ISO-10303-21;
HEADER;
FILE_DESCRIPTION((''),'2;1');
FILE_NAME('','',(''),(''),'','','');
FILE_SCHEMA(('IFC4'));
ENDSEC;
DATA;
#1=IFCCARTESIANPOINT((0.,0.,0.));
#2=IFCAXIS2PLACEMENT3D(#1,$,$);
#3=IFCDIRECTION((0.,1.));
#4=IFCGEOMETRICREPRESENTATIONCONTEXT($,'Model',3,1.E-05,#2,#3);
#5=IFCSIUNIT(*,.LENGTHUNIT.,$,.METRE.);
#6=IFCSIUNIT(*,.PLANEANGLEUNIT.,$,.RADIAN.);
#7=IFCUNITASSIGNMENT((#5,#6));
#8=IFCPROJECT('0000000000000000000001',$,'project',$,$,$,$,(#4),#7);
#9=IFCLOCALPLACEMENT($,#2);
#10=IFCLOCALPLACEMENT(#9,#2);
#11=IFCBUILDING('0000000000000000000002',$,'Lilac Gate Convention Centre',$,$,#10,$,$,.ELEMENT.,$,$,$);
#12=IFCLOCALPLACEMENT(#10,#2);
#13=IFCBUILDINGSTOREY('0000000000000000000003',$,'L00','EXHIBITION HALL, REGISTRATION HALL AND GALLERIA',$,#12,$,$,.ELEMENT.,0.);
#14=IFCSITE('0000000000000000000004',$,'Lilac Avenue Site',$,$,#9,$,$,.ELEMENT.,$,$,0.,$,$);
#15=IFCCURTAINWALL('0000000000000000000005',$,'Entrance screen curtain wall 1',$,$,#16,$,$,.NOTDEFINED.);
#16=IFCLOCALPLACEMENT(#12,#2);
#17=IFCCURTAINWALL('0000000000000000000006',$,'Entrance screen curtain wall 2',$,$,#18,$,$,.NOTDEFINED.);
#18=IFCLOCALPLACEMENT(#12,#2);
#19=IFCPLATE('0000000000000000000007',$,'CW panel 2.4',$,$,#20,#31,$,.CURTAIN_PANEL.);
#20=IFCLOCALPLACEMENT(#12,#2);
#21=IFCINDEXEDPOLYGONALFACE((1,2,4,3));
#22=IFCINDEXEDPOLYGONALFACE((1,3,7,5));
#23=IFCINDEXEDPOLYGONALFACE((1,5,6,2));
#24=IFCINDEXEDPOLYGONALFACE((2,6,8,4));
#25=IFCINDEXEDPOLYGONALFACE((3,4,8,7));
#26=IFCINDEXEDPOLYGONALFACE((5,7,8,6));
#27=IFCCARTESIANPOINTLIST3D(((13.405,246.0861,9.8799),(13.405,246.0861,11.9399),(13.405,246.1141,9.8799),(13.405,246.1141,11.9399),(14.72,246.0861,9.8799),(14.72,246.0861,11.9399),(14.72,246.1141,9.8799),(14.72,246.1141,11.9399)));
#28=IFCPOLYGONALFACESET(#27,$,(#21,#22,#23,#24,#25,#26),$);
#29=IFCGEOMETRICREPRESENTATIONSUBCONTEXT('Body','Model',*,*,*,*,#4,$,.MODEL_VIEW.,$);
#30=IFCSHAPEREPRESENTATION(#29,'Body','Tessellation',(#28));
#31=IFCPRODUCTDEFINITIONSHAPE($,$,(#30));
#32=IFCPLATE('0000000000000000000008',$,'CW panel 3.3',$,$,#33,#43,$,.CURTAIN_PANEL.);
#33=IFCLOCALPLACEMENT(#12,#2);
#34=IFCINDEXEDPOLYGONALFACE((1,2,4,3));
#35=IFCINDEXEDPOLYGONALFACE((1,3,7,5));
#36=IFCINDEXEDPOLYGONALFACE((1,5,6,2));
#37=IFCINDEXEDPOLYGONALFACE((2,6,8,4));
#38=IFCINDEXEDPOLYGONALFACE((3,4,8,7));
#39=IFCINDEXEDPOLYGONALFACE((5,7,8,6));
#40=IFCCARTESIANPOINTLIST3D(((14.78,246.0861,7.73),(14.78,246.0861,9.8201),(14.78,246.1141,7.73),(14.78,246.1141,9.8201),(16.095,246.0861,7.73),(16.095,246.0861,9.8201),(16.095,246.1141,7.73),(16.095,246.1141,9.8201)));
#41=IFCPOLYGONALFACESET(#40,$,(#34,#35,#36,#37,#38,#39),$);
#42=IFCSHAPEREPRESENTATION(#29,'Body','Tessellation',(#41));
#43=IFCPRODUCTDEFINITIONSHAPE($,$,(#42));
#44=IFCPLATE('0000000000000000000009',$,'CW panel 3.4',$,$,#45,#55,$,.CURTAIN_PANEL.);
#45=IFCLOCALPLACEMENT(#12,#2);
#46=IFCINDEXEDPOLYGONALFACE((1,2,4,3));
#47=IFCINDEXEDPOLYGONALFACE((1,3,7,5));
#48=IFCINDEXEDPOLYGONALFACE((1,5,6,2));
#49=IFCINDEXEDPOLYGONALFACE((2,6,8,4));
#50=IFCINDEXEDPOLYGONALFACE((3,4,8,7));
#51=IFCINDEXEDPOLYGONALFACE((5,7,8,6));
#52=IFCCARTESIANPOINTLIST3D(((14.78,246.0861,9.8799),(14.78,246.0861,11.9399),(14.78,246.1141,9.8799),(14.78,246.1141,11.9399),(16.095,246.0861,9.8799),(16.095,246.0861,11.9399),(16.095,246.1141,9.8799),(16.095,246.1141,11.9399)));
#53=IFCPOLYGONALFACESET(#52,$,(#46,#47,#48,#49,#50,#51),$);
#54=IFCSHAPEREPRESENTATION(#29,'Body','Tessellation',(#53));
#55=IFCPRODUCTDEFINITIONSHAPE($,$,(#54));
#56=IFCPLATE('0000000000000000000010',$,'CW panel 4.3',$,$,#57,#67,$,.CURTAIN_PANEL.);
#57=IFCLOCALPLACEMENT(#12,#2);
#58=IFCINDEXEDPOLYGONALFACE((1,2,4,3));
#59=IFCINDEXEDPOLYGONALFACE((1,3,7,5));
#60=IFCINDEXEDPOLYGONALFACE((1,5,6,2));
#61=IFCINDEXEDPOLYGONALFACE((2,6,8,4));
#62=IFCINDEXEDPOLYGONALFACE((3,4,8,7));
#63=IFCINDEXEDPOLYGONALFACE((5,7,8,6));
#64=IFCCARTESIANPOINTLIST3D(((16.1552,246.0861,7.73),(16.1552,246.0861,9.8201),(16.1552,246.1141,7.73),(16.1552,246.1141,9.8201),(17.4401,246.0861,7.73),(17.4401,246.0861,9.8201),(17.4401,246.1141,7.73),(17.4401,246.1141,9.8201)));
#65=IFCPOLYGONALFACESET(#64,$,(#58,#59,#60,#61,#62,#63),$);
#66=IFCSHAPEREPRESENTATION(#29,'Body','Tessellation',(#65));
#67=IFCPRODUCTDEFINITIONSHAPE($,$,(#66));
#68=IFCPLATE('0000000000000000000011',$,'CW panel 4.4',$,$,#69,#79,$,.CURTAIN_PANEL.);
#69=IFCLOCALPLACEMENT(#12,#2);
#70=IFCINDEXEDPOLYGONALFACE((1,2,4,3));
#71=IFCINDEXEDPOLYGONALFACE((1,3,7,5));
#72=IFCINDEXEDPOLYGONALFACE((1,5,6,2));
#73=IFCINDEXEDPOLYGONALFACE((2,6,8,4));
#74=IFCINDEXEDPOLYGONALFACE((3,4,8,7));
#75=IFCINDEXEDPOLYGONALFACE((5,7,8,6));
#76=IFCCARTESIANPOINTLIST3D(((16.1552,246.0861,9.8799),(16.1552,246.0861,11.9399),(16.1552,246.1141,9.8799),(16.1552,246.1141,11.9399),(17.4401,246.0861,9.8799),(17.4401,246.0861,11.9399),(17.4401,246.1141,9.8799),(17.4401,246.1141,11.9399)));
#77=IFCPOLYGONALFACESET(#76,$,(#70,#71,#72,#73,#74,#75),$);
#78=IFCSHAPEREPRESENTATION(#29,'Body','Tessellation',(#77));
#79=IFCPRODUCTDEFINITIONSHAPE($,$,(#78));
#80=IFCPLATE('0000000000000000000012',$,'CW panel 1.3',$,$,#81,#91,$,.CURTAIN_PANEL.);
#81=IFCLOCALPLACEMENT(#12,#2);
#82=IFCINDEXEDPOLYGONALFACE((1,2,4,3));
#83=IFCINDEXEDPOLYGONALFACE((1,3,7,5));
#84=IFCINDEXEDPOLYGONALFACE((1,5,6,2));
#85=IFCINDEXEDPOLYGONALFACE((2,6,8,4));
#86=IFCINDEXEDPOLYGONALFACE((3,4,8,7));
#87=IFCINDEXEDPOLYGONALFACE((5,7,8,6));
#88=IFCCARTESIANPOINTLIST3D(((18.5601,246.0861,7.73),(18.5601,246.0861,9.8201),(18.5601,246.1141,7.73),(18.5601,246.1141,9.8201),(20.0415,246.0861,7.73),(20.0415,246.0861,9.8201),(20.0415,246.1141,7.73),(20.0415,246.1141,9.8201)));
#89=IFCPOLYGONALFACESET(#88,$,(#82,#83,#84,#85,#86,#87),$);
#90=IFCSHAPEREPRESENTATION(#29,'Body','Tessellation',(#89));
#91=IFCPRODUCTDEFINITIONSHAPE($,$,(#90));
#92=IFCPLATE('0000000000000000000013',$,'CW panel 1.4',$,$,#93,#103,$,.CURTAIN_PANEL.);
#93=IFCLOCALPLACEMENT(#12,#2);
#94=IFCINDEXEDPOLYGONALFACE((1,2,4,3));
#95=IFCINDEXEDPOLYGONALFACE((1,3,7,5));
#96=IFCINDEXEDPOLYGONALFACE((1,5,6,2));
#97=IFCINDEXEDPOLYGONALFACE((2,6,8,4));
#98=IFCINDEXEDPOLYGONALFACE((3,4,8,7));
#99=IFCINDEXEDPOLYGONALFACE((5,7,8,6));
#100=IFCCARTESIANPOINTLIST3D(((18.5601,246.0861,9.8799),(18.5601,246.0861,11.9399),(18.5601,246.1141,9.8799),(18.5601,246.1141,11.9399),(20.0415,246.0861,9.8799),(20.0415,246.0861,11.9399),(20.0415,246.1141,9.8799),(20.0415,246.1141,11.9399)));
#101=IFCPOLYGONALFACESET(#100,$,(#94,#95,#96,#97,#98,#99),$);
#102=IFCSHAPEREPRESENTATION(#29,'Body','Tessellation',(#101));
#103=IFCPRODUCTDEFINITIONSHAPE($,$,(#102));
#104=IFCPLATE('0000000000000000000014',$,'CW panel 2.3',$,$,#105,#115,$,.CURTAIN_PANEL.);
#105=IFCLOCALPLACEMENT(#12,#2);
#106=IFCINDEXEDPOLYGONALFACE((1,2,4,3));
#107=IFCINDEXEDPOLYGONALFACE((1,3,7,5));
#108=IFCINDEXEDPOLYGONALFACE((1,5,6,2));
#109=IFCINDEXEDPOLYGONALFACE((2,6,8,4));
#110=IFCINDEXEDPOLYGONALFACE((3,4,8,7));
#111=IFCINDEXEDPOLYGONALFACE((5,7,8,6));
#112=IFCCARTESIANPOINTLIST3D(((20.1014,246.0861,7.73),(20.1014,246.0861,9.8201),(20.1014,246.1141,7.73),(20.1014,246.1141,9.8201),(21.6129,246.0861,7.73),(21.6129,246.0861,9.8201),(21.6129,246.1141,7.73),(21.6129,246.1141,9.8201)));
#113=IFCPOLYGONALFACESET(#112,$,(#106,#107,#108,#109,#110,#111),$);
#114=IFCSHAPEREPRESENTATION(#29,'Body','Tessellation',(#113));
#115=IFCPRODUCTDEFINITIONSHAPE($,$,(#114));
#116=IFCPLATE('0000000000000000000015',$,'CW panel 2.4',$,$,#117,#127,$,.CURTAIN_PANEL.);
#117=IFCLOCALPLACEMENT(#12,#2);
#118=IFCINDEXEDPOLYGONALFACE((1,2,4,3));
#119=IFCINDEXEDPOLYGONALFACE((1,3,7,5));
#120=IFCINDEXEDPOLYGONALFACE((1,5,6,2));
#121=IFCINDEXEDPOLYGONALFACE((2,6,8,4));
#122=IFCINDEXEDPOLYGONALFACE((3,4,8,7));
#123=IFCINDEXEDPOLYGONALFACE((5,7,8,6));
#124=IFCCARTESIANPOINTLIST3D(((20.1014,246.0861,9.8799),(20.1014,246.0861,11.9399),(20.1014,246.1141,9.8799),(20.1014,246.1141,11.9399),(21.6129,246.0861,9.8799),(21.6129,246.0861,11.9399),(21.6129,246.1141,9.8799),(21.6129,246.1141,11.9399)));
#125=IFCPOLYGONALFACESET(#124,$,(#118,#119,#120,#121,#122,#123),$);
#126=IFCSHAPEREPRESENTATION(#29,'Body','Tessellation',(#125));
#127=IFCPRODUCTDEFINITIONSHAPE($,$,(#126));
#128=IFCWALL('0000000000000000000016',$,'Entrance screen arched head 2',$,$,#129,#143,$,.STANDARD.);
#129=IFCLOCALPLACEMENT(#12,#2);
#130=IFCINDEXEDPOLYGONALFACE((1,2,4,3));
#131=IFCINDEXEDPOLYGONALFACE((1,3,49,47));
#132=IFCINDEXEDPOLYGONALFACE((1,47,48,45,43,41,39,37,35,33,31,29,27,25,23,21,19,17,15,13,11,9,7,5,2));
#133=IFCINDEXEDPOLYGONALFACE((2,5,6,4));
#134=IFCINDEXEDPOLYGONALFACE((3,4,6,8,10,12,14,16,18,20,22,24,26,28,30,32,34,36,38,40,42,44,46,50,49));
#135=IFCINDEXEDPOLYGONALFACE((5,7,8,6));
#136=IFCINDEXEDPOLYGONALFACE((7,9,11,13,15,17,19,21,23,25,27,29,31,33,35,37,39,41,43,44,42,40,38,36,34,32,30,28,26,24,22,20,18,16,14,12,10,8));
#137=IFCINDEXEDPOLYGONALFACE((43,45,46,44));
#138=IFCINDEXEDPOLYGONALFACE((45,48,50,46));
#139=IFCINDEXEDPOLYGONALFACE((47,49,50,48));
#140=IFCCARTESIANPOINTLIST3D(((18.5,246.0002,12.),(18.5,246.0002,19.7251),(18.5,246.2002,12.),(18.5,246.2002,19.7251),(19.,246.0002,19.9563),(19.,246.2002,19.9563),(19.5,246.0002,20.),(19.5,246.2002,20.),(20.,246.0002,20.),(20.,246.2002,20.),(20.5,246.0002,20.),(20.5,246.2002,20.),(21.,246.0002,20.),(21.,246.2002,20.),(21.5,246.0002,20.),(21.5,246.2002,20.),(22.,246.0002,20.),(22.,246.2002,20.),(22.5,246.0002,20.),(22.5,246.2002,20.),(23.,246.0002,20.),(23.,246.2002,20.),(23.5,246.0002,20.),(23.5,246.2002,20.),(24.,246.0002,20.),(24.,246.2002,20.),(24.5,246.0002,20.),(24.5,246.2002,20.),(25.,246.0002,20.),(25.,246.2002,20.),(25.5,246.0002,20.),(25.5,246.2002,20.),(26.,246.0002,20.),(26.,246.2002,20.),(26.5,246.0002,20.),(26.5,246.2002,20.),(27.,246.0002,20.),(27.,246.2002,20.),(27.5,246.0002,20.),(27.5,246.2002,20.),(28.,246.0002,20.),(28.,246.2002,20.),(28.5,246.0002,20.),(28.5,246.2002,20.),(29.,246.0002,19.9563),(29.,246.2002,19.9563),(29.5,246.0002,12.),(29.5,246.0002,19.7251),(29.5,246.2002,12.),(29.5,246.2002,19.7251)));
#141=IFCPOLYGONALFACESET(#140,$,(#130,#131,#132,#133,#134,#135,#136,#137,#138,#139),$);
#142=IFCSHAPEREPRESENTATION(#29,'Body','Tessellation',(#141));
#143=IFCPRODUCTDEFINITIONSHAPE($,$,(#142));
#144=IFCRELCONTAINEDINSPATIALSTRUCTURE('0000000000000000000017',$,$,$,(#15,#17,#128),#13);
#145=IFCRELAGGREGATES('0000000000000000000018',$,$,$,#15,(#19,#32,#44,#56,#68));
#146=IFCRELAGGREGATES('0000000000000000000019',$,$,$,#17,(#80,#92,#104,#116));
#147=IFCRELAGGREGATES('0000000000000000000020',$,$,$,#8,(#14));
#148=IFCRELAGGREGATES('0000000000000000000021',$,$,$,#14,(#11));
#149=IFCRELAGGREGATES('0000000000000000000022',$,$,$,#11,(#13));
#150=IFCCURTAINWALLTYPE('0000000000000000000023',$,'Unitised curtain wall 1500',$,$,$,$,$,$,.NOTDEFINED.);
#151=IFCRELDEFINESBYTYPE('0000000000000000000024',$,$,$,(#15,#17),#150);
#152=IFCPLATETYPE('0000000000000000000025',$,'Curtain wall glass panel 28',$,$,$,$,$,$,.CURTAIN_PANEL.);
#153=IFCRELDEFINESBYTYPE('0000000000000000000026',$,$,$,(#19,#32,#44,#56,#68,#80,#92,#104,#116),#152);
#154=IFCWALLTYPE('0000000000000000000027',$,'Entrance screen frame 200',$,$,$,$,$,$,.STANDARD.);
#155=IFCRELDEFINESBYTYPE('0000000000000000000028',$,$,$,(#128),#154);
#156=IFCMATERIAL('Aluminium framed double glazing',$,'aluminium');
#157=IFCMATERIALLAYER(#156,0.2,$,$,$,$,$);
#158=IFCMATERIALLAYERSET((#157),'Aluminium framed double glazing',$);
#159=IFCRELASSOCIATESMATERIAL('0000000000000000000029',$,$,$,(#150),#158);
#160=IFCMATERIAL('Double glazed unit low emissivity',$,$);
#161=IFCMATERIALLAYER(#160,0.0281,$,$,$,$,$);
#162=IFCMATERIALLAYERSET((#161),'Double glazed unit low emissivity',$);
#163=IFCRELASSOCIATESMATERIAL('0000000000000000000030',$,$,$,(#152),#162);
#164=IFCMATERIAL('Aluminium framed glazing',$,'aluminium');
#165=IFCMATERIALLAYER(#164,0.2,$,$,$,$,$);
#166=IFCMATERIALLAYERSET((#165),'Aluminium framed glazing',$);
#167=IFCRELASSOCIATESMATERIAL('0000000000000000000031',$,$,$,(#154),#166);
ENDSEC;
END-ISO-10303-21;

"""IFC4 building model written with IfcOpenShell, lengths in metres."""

from ifc_helpers import new_model, si_unit, direction, frame, origin, origin_2d, place, context, subcontext, project, spatial, polyline, rectangle, outline, extrude, material, layer, layer_set, type_object, element, aggregate, save


model = new_model("IFC4")

# Units and contexts
model_context = context("Model", 3, precision=1e-05, world=origin(), true_north=direction((0.0, 1.0)))
body_context = subcontext(model_context, "Body", "Model", "MODEL_VIEW")
ifc_project = project(units=[si_unit("LENGTHUNIT", "METRE"), si_unit("PLANEANGLEUNIT", "RADIAN")], contexts=[model_context])

# Site, building, storey
site_placement = place(None, origin())
site = spatial("IfcSite", under=ifc_project, at=site_placement, Name="Lilac Avenue Site", CompositionType="ELEMENT", RefElevation=0.0)
building_placement = place(site_placement, origin())
building = spatial("IfcBuilding", under=site, at=building_placement, Name="Lilac Gate Convention Centre", CompositionType="ELEMENT")
storey_placement = place(building_placement, origin())
storey = spatial("IfcBuildingStorey", under=building, at=storey_placement, Name="L00", Description="EXHIBITION HALL, REGISTRATION HALL AND GALLERIA", CompositionType="ELEMENT", Elevation=0.0)

# Curtain walls
ifc_material_1 = material(Name="Aluminium framed double glazing", Category="aluminium")
ifc_layer_1 = layer(ifc_material_1, 0.2)
ifc_layer_set_1 = layer_set([ifc_layer_1], Name="Aluminium framed double glazing")
curtain_wall_type = type_object("IfcCurtainWallType", Name="Unitised curtain wall 1500", PredefinedType="NOTDEFINED", material=ifc_layer_set_1)
curtain_wall_1_placement = place(storey_placement, origin())
curtain_wall_1 = element("IfcCurtainWall", 1, at=curtain_wall_1_placement, inside=storey, type_object=curtain_wall_type, Name="Entrance screen curtain wall 1", PredefinedType="NOTDEFINED")
curtain_wall_2_placement = place(storey_placement, origin())
curtain_wall_2 = element("IfcCurtainWall", 2, at=curtain_wall_2_placement, inside=storey, type_object=curtain_wall_type, Name="Entrance screen curtain wall 2", PredefinedType="NOTDEFINED")

# Plates
ifc_material_2 = material(Name="Double glazed unit low emissivity")
ifc_layer_2 = layer(ifc_material_2, 0.0281)
ifc_layer_set_2 = layer_set([ifc_layer_2], Name="Double glazed unit low emissivity")
plate_type = type_object("IfcPlateType", Name="Curtain wall glass panel 28", PredefinedType="CURTAIN_PANEL", material=ifc_layer_set_2)
plate_1_placement = place(storey_placement, frame((14.0625, 246.1001, 9.8799), z_axis=(0.0, 0.0, 1.0), x_axis=(1.0, 0.0, 0.0)))
plate_1 = element("IfcPlate", 3, at=plate_1_placement, type_object=plate_type, Name="CW panel 2.4", PredefinedType="CURTAIN_PANEL", context=body_context, shape_type="SweptSolid", body=[
    extrude(rectangle(XDim=1.3149, YDim=0.0281, at=origin_2d()), origin(), (0.0, 0.0, 1.0), 2.0601),
])
plate_2_placement = place(storey_placement, frame((15.4375, 246.1001, 7.73), z_axis=(0.0, 0.0, 1.0), x_axis=(1.0, 0.0, 0.0)))
plate_2 = element("IfcPlate", 4, at=plate_2_placement, type_object=plate_type, Name="CW panel 3.3", PredefinedType="CURTAIN_PANEL", context=body_context, shape_type="SweptSolid", body=[
    extrude(rectangle(XDim=1.3149, YDim=0.0281, at=origin_2d()), origin(), (0.0, 0.0, 1.0), 2.0901),
])
plate_3_placement = place(storey_placement, frame((15.4375, 246.1001, 9.8799), z_axis=(0.0, 0.0, 1.0), x_axis=(1.0, 0.0, 0.0)))
plate_3 = element("IfcPlate", 5, at=plate_3_placement, type_object=plate_type, Name="CW panel 3.4", PredefinedType="CURTAIN_PANEL", context=body_context, shape_type="SweptSolid", body=[
    extrude(rectangle(XDim=1.3149, YDim=0.0281, at=origin_2d()), origin(), (0.0, 0.0, 1.0), 2.0601),
])
plate_4_placement = place(storey_placement, frame((16.7976, 246.1001, 7.73), z_axis=(0.0, 0.0, 1.0), x_axis=(1.0, 0.0, 0.0)))
plate_4 = element("IfcPlate", 6, at=plate_4_placement, type_object=plate_type, Name="CW panel 4.3", PredefinedType="CURTAIN_PANEL", context=body_context, shape_type="SweptSolid", body=[
    extrude(rectangle(XDim=1.2849, YDim=0.0281, at=origin_2d()), origin(), (0.0, 0.0, 1.0), 2.0901),
])
plate_5_placement = place(storey_placement, frame((16.7976, 246.1001, 9.8799), z_axis=(0.0, 0.0, 1.0), x_axis=(1.0, 0.0, 0.0)))
plate_5 = element("IfcPlate", 7, at=plate_5_placement, type_object=plate_type, Name="CW panel 4.4", PredefinedType="CURTAIN_PANEL", context=body_context, shape_type="SweptSolid", body=[
    extrude(rectangle(XDim=1.2849, YDim=0.0281, at=origin_2d()), origin(), (0.0, 0.0, 1.0), 2.0601),
])
aggregate(curtain_wall_1, [plate_1, plate_2, plate_3, plate_4, plate_5])
plate_6_placement = place(storey_placement, frame((19.3008, 246.1001, 7.73), z_axis=(0.0, 0.0, 1.0), x_axis=(1.0, 0.0, 0.0)))
plate_6 = element("IfcPlate", 8, at=plate_6_placement, type_object=plate_type, Name="CW panel 1.3", PredefinedType="CURTAIN_PANEL", context=body_context, shape_type="SweptSolid", body=[
    extrude(rectangle(XDim=1.4814, YDim=0.0281, at=origin_2d()), origin(), (0.0, 0.0, 1.0), 2.0901),
])
plate_7_placement = place(storey_placement, frame((19.3008, 246.1001, 9.8799), z_axis=(0.0, 0.0, 1.0), x_axis=(1.0, 0.0, 0.0)))
plate_7 = element("IfcPlate", 9, at=plate_7_placement, type_object=plate_type, Name="CW panel 1.4", PredefinedType="CURTAIN_PANEL", context=body_context, shape_type="SweptSolid", body=[
    extrude(rectangle(XDim=1.4814, YDim=0.0281, at=origin_2d()), origin(), (0.0, 0.0, 1.0), 2.0601),
])
plate_8_placement = place(storey_placement, frame((20.8572, 246.1001, 7.73), z_axis=(0.0, 0.0, 1.0), x_axis=(1.0, 0.0, 0.0)))
plate_8 = element("IfcPlate", 10, at=plate_8_placement, type_object=plate_type, Name="CW panel 2.3", PredefinedType="CURTAIN_PANEL", context=body_context, shape_type="SweptSolid", body=[
    extrude(rectangle(XDim=1.5115, YDim=0.0281, at=origin_2d()), origin(), (0.0, 0.0, 1.0), 2.0901),
])
plate_9_placement = place(storey_placement, frame((20.8572, 246.1001, 9.8799), z_axis=(0.0, 0.0, 1.0), x_axis=(1.0, 0.0, 0.0)))
plate_9 = element("IfcPlate", 11, at=plate_9_placement, type_object=plate_type, Name="CW panel 2.4", PredefinedType="CURTAIN_PANEL", context=body_context, shape_type="SweptSolid", body=[
    extrude(rectangle(XDim=1.5115, YDim=0.0281, at=origin_2d()), origin(), (0.0, 0.0, 1.0), 2.0601),
])
aggregate(curtain_wall_2, [plate_6, plate_7, plate_8, plate_9])

# Wall
ifc_material_3 = material(Name="Aluminium framed glazing", Category="aluminium")
ifc_layer_3 = layer(ifc_material_3, 0.2)
ifc_layer_set_3 = layer_set([ifc_layer_3], Name="Aluminium framed glazing")
wall_type = type_object("IfcWallType", Name="Entrance screen frame 200", PredefinedType="STANDARD", material=ifc_layer_set_3)
wall_placement = place(storey_placement, frame((18.5, 246.1001, 12.0), z_axis=(0.0, 0.0, 1.0), x_axis=(1.0, 0.0, 0.0)))
element("IfcWall", 12, at=wall_placement, inside=storey, type_object=wall_type, Name="Entrance screen arched head 2", PredefinedType="STANDARD", context=body_context, shape_type="SweptSolid", body=[
    extrude(outline(polyline([(0.0, 0.0), (11.0, 0.0), (11.0, 7.7251), (10.5, 7.9563), (10.0, 8.0), (9.5, 8.0), (9.0, 8.0), (8.5, 8.0), (8.0, 8.0), (7.5, 8.0), (7.0, 8.0), (6.5, 8.0), (6.0, 8.0), (5.5, 8.0), (5.0, 8.0), (4.5, 8.0), (4.0, 8.0), (3.5, 8.0), (3.0, 8.0), (2.5, 8.0), (2.0, 8.0), (1.5, 8.0), (1.0, 8.0), (0.5, 7.9563), (0.0, 7.7251), (0.0, 0.0)])), frame((0.0, 0.1001, 0.0), z_axis=(0.0, -1.0, 0.0), x_axis=(1.0, 0.0, 0.0)), (0.0, 0.0, 1.0), 0.2),
])

save(model, "model.ifc")
